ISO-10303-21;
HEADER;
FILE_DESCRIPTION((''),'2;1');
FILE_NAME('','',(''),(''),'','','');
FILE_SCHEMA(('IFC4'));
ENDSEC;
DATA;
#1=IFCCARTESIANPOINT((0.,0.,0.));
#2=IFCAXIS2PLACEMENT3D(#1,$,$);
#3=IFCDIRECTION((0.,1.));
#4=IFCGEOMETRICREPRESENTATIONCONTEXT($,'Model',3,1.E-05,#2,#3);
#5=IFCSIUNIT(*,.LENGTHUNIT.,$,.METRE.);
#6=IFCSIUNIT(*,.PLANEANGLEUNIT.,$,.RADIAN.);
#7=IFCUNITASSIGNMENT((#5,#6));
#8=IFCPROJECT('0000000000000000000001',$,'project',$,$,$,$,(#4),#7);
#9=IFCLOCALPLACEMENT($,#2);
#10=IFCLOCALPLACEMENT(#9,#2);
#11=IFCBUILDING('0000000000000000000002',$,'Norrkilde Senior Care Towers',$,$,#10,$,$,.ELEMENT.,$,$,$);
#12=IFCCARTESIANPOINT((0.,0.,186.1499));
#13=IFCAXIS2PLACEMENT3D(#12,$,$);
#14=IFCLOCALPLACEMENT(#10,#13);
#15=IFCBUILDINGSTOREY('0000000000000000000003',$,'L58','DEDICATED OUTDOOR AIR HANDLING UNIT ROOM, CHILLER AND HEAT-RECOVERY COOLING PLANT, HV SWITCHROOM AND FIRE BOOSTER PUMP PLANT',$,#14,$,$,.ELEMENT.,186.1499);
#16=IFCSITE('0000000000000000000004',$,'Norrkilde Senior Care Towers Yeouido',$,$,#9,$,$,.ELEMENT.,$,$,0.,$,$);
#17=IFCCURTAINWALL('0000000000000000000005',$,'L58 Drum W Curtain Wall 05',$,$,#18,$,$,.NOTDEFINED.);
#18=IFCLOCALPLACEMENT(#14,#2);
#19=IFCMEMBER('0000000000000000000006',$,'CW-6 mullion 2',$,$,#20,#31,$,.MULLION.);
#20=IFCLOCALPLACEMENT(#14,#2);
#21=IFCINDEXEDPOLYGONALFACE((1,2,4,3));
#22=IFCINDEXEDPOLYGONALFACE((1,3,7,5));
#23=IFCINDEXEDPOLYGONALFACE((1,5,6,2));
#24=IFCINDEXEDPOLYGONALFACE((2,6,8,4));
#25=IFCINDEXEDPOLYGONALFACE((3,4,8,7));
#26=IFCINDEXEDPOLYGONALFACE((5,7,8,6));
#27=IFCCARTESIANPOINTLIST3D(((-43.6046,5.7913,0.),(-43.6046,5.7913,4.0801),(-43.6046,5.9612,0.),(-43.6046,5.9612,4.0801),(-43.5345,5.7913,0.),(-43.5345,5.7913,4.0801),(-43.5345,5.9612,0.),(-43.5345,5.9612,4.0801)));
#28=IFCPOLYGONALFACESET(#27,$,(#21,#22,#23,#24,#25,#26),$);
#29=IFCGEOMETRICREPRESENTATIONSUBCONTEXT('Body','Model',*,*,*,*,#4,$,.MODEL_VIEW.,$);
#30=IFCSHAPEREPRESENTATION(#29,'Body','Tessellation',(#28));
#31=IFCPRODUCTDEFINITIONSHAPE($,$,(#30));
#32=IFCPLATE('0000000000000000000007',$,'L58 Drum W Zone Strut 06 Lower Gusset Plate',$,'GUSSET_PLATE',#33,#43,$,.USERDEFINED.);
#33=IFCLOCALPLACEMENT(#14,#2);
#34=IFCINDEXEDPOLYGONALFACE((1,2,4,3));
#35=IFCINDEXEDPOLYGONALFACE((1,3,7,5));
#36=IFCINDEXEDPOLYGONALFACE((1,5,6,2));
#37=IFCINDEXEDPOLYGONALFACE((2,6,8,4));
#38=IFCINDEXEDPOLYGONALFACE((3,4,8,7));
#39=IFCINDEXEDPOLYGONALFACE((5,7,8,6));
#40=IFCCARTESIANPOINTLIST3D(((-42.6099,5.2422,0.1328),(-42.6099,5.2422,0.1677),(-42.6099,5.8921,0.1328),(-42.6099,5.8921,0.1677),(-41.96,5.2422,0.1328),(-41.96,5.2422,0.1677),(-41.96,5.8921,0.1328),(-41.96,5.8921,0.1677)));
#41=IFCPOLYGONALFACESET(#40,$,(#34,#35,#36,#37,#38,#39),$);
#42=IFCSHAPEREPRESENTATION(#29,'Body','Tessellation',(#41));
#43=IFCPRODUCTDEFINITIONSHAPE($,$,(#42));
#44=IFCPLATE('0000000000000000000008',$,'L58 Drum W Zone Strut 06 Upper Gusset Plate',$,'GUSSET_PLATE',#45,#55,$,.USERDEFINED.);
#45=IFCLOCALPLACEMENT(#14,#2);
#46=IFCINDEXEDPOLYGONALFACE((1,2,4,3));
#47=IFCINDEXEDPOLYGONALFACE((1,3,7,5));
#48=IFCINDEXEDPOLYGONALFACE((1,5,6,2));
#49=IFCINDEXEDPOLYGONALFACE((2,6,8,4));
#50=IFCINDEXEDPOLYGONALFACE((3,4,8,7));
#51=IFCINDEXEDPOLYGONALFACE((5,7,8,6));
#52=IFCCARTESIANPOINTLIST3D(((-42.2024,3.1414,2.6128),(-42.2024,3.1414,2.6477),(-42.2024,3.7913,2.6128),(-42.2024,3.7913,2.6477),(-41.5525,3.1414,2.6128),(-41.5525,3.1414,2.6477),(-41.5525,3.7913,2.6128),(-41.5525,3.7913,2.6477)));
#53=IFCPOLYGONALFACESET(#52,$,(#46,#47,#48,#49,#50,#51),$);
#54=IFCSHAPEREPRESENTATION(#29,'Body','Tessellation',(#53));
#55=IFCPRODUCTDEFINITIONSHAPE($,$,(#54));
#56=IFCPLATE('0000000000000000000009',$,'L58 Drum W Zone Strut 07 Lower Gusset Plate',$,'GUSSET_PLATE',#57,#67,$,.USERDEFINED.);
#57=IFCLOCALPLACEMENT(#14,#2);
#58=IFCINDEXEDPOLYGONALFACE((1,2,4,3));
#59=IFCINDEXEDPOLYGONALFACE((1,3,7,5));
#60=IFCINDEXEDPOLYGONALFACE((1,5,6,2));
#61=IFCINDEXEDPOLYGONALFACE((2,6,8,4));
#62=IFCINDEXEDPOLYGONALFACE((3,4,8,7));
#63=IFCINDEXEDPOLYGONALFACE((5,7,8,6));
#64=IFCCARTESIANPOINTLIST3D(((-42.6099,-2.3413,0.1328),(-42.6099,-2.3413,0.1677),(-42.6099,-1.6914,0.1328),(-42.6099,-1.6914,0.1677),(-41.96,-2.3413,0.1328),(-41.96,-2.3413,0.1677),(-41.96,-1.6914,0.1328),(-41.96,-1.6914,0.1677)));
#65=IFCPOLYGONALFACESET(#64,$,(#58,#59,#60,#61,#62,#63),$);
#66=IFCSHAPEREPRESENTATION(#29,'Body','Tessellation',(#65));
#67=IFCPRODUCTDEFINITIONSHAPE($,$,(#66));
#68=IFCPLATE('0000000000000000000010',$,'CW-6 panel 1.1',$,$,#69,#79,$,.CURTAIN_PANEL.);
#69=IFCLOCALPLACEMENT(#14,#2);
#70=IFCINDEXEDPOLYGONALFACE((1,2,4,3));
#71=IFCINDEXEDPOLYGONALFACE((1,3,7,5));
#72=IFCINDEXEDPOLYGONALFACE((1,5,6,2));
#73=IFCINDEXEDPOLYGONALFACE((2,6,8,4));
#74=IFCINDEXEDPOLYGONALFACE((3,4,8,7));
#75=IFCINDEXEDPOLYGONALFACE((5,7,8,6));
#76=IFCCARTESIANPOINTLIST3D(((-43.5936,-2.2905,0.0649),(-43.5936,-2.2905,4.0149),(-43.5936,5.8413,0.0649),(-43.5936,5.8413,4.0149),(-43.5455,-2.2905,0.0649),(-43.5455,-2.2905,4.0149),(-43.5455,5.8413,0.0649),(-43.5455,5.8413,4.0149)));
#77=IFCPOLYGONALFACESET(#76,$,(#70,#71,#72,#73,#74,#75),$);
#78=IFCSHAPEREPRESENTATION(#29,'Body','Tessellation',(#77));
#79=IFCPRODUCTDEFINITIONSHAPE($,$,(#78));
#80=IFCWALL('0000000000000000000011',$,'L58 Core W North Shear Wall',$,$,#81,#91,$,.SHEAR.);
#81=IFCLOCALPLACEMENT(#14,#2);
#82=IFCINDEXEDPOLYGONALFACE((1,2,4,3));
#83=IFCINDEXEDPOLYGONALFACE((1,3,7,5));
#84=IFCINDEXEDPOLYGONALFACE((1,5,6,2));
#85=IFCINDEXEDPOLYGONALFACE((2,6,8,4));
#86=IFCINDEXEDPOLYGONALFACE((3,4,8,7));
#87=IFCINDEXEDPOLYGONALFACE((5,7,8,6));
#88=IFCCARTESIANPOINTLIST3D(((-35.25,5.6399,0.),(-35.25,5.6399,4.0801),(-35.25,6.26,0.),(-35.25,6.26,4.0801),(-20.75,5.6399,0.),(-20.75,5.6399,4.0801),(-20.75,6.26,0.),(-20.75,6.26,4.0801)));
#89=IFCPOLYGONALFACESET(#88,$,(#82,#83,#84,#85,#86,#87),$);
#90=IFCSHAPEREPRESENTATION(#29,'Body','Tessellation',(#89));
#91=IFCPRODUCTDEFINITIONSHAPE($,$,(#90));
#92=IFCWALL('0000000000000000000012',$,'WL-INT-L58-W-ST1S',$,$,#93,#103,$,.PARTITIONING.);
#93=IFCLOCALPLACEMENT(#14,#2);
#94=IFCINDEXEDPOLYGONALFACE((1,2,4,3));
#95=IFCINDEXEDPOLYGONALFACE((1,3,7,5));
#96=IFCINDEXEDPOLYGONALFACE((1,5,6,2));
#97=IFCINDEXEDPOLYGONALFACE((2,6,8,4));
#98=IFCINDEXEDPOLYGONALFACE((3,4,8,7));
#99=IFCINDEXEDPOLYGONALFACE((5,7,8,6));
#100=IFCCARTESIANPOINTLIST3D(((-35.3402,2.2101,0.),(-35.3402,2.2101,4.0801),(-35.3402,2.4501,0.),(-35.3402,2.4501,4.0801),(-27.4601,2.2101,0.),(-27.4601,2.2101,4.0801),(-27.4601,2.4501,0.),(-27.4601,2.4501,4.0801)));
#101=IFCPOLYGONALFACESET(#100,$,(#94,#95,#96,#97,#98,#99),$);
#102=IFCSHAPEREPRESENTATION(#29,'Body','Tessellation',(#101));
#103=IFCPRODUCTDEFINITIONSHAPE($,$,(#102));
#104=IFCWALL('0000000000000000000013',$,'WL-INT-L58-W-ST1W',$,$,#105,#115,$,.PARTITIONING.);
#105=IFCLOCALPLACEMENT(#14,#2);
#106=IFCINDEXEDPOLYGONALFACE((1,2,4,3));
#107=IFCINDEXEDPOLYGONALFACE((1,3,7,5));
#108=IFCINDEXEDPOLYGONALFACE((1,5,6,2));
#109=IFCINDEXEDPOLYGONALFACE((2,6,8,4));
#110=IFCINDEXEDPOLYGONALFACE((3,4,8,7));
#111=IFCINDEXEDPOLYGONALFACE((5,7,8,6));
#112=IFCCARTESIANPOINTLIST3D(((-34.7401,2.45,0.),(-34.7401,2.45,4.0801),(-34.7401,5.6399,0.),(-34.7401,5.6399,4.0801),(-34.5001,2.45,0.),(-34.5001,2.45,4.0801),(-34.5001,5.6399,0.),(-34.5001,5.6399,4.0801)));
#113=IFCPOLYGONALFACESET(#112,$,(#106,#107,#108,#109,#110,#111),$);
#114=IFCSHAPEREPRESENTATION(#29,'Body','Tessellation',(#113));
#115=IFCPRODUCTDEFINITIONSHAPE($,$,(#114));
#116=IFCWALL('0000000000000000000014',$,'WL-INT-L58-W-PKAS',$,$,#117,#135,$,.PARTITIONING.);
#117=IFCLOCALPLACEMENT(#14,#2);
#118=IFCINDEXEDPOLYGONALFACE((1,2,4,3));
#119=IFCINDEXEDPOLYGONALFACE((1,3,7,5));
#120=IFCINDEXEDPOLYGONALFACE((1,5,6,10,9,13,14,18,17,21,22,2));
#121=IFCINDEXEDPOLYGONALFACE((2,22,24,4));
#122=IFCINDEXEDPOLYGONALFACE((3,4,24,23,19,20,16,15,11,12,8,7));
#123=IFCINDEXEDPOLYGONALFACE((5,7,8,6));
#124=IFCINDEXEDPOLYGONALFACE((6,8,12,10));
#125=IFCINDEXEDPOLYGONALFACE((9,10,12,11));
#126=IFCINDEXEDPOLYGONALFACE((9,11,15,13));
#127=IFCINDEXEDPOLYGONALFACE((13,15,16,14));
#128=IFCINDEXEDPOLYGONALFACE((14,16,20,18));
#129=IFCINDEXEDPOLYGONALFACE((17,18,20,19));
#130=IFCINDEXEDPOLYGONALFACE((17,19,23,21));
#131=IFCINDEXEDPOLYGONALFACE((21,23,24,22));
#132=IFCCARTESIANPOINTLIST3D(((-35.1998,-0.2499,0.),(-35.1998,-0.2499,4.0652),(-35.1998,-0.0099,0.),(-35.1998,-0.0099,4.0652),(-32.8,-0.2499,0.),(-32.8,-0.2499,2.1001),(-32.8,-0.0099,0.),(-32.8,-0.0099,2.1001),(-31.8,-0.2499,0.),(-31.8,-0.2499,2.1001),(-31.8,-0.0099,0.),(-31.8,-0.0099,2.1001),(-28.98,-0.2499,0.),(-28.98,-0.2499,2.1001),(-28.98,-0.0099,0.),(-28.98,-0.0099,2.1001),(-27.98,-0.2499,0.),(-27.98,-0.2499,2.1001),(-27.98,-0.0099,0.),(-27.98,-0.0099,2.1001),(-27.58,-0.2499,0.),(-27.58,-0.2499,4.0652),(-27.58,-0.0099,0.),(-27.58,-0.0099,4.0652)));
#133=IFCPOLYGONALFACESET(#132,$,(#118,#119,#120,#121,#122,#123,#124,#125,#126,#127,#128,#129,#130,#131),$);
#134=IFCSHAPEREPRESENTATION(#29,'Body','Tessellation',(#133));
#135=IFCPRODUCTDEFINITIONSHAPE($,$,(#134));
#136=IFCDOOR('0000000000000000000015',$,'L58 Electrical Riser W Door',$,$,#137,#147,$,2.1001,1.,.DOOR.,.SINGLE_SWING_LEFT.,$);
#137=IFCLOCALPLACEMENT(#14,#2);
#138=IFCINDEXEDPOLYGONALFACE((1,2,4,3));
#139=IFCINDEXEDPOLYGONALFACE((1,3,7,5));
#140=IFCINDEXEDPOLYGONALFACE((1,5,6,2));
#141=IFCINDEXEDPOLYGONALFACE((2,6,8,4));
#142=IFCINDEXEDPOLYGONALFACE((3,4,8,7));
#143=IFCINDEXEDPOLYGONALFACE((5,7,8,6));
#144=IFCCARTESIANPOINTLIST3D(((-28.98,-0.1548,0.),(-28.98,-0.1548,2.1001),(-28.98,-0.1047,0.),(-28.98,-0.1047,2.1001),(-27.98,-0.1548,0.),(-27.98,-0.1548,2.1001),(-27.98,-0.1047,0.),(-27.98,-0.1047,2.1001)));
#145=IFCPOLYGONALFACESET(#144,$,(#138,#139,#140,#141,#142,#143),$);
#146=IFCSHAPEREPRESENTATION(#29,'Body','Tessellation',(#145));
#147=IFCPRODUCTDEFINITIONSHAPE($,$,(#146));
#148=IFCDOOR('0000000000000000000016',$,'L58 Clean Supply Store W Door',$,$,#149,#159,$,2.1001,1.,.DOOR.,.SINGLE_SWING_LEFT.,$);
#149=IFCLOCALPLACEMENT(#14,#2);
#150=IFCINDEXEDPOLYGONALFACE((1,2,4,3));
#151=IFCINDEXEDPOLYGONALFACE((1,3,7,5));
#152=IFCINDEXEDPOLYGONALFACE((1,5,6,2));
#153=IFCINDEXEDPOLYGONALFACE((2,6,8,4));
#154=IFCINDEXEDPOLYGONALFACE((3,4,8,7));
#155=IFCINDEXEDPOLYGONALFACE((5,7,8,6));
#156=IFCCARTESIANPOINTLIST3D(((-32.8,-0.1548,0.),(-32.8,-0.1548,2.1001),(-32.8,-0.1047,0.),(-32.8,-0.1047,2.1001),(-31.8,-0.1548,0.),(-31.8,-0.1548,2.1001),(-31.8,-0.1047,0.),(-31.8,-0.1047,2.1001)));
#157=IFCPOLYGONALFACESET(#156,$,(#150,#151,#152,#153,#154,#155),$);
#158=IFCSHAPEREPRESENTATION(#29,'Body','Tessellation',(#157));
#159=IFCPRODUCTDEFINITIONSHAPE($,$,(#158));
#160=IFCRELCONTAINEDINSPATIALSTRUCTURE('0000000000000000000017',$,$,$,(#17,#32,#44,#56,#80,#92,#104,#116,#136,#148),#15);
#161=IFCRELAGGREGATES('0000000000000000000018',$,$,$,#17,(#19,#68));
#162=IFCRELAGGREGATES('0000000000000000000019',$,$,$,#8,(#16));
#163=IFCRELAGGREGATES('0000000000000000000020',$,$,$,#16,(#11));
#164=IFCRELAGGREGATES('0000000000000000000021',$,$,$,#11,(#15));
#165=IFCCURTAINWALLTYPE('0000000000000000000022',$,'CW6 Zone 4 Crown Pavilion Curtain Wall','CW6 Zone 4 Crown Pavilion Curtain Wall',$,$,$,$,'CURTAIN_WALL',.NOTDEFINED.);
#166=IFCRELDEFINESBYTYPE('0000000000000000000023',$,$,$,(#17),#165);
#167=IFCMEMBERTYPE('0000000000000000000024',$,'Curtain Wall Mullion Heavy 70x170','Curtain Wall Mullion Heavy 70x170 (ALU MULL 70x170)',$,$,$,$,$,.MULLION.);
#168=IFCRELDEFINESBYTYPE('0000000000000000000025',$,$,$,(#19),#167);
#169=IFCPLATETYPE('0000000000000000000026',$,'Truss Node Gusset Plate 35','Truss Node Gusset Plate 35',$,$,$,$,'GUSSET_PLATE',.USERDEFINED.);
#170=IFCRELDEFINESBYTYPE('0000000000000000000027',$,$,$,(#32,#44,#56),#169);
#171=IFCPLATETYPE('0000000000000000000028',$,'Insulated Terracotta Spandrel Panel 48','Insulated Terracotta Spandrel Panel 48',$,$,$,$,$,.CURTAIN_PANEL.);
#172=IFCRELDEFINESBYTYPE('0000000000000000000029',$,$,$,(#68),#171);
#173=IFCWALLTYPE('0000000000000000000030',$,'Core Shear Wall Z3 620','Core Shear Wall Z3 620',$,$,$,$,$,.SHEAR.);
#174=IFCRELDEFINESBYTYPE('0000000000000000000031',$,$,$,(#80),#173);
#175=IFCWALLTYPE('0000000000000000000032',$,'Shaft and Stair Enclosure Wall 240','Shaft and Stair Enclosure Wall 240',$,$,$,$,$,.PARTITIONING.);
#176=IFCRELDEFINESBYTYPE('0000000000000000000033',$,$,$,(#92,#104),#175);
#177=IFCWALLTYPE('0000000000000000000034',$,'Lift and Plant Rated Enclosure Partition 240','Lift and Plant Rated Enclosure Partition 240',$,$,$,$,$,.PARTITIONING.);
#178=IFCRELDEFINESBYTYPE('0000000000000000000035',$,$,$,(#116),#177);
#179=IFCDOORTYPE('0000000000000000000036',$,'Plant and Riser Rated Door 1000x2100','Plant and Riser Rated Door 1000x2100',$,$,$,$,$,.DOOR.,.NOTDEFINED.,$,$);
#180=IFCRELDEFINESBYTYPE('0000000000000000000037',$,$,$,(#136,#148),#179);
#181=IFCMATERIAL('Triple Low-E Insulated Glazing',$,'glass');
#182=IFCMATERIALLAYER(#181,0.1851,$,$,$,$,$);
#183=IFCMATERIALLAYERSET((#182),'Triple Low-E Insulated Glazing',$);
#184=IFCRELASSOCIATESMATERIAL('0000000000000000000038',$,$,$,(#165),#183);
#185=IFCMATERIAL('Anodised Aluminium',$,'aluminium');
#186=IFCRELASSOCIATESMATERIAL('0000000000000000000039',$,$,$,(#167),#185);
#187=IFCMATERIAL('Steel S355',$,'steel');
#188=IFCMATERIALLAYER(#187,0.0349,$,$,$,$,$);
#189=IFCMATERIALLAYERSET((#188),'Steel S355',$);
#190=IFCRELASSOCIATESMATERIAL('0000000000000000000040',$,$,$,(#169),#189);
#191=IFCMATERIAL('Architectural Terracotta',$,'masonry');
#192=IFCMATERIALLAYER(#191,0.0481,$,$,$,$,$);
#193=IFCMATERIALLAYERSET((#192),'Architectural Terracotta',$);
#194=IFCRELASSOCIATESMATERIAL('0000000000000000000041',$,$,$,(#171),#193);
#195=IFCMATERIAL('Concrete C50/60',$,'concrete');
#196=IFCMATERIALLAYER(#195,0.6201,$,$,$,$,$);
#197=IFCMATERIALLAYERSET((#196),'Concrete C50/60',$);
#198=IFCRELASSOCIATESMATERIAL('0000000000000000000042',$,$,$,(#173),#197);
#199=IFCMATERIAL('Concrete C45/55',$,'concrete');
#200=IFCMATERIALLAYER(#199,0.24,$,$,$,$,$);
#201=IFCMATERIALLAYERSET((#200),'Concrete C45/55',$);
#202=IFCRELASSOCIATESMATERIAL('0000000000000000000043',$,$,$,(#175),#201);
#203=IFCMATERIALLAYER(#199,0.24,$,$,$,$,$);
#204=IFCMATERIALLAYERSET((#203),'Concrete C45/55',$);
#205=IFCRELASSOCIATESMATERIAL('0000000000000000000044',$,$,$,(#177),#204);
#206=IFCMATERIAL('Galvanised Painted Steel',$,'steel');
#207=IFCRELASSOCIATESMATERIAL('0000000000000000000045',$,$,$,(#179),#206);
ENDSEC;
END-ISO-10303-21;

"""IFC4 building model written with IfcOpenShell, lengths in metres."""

from ifc_helpers import new_model, si_unit, direction, frame, frame_2d, origin, origin_2d, place, context, subcontext, project, spatial, rectangle, extrude, source, transform, mapped, material, layer, layer_set, material_profile, profile_set, type_object, type_shapes, element, fill, aggregate, save


model = new_model("IFC4")

# Units and contexts
model_context = context("Model", 3, precision=1e-05, world=origin(), true_north=direction((0.0, 1.0)))
body_context = subcontext(model_context, "Body", "Model", "MODEL_VIEW")
ifc_project = project(units=[si_unit("LENGTHUNIT", "METRE"), si_unit("PLANEANGLEUNIT", "RADIAN")], contexts=[model_context])

# Site, building, storey
site_placement = place(None, origin())
site = spatial("IfcSite", under=ifc_project, at=site_placement, Name="Norrkilde Senior Care Towers Yeouido", CompositionType="ELEMENT", RefElevation=0.0)
building_placement = place(site_placement, origin())
building = spatial("IfcBuilding", under=site, at=building_placement, Name="Norrkilde Senior Care Towers", CompositionType="ELEMENT")
storey_placement = place(building_placement, frame((0.0, 0.0, 186.1499)))
storey = spatial("IfcBuildingStorey", under=building, at=storey_placement, Name="L58", Description="DEDICATED OUTDOOR AIR HANDLING UNIT ROOM, CHILLER AND HEAT-RECOVERY COOLING PLANT, HV SWITCHROOM AND FIRE BOOSTER PUMP PLANT", CompositionType="ELEMENT", Elevation=186.1499)

# Shared definitions
ifc_material_1 = material(Name="Concrete C50/60", Category="concrete")

# Shared definitions
ifc_material_2 = material(Name="Steel S355", Category="steel")

# Curtain wall, member
ifc_material_3 = material(Name="Triple Low-E Insulated Glazing", Category="glass")
ifc_layer_1 = layer(ifc_material_3, 0.1851)
ifc_layer_set_1 = layer_set([ifc_layer_1], Name="Triple Low-E Insulated Glazing")
curtain_wall_type = type_object("IfcCurtainWallType", Name="CW6 Zone 4 Crown Pavilion Curtain Wall", Description="CW6 Zone 4 Crown Pavilion Curtain Wall", ElementType="CURTAIN_WALL", PredefinedType="NOTDEFINED", material=ifc_layer_set_1)
ifc_material_4 = material(Name="Anodised Aluminium", Category="aluminium")
ifc_material_profile_1 = material_profile(ifc_material_4, rectangle(XDim=0.0701, YDim=0.1699, at=origin_2d()), Name="ALU MULL 70x170")
ifc_profile_set_1 = profile_set([ifc_material_profile_1], Name="Anodised Aluminium")
member_type_1 = type_object("IfcMemberType", Name="Curtain Wall Mullion Heavy 70x170", Description="Curtain Wall Mullion Heavy 70x170 (ALU MULL 70x170)", PredefinedType="MULLION", material=ifc_profile_set_1)
shared_shape_1 = source(origin(), body_context, "Body", "SweptSolid", [
    extrude(rectangle(XDim=0.0701, YDim=0.1699, at=origin_2d()), origin(), (0.0, 0.0, 1.0), 4.0801),
])
type_shapes(member_type_1, [shared_shape_1])
curtain_wall_1_placement = place(storey_placement, origin())
curtain_wall_1 = element("IfcCurtainWall", 1, at=curtain_wall_1_placement, inside=storey, type_object=curtain_wall_type, Name="L58 Drum W Curtain Wall 05", PredefinedType="NOTDEFINED")
member_1_placement = place(storey_placement, frame((-43.5696, 5.8762, 0.0), z_axis=(0.0, 0.0, 1.0), x_axis=(-1.0, 0.0, 0.0)))
member_1 = element("IfcMember", 2, at=member_1_placement, type_object=member_type_1, Name="CW-6 mullion 2", PredefinedType="MULLION", context=body_context, shape_type="MappedRepresentation", body=[
    mapped(shared_shape_1, transform((0.0, 0.0, 0.0), x_axis=(1.0, 0.0, 0.0), y_axis=(0.0, 1.0, 0.0), z_axis=(0.0, 0.0, 1.0), scale=1.0)),
])

# Plates
ifc_layer_2 = layer(ifc_material_2, 0.0349)
ifc_layer_set_2 = layer_set([ifc_layer_2], Name="Steel S355")
plate_type_1 = type_object("IfcPlateType", Name="Truss Node Gusset Plate 35", Description="Truss Node Gusset Plate 35", ElementType="GUSSET_PLATE", PredefinedType="USERDEFINED", material=ifc_layer_set_2)
shared_shape_2 = source(origin(), body_context, "Body", "SweptSolid", [
    extrude(rectangle(XDim=0.6499, YDim=0.6499, at=origin_2d()), origin(), (0.0, 0.0, 1.0), 0.0349),
])
type_shapes(plate_type_1, [shared_shape_2])
for number, where, z_axis, x_axis, name in (
    (3, (-42.2849, 5.5671, 0.1328), (0.0, 0.0, 1.0), (1.0, 0.0, 0.0), "L58 Drum W Zone Strut 06 Lower Gusset Plate"),
    (4, (-41.8774, 3.4663, 2.6128), (0.0, 0.0, 1.0), (1.0, 0.0, 0.0), "L58 Drum W Zone Strut 06 Upper Gusset Plate"),
    (5, (-42.2849, -2.0164, 0.1328), (0.0, 0.0, 1.0), (1.0, 0.0, 0.0), "L58 Drum W Zone Strut 07 Lower Gusset Plate"),
):
    element("IfcPlate", number, at=place(storey_placement, frame(where, z_axis=z_axis, x_axis=x_axis)), inside=storey, type_object=plate_type_1, Name=name, ObjectType="GUSSET_PLATE", PredefinedType="USERDEFINED", context=body_context, shape_type="MappedRepresentation", body=[
        mapped(shared_shape_2, transform((0.0, 0.0, 0.0), x_axis=(1.0, 0.0, 0.0), y_axis=(0.0, 1.0, 0.0), z_axis=(0.0, 0.0, 1.0), scale=1.0)),
    ])

# Plate
ifc_material_5 = material(Name="Architectural Terracotta", Category="masonry")
ifc_layer_3 = layer(ifc_material_5, 0.0481)
ifc_layer_set_3 = layer_set([ifc_layer_3], Name="Architectural Terracotta")
plate_type_2 = type_object("IfcPlateType", Name="Insulated Terracotta Spandrel Panel 48", Description="Insulated Terracotta Spandrel Panel 48", PredefinedType="CURTAIN_PANEL", material=ifc_layer_set_3)
shared_shape_3 = source(origin(), body_context, "Body", "SweptSolid", [
    extrude(rectangle(XDim=8.1318, YDim=0.0481, at=origin_2d()), origin(), (0.0, 0.0, 1.0), 3.95),
])
type_shapes(plate_type_2, [shared_shape_3])
plate_placement = place(storey_placement, frame((-43.5696, 1.7754, 0.0649), z_axis=(0.0, 0.0, 1.0), x_axis=(0.0, 1.0, 0.0)))
plate = element("IfcPlate", 6, at=plate_placement, type_object=plate_type_2, Name="CW-6 panel 1.1", PredefinedType="CURTAIN_PANEL", context=body_context, shape_type="MappedRepresentation", body=[
    mapped(shared_shape_3, transform((0.0, 0.0, 0.0), x_axis=(1.0, 0.0, 0.0), y_axis=(0.0, 1.0, 0.0), z_axis=(0.0, 0.0, 1.0), scale=1.0)),
])
aggregate(curtain_wall_1, [member_1, plate])

# Walls
ifc_layer_4 = layer(ifc_material_1, 0.6201)
ifc_layer_set_4 = layer_set([ifc_layer_4], Name="Concrete C50/60")
wall_type_1 = type_object("IfcWallType", Name="Core Shear Wall Z3 620", Description="Core Shear Wall Z3 620", PredefinedType="SHEAR", material=ifc_layer_set_4)
shared_shape_4 = source(origin(), body_context, "Body", "SweptSolid", [
    extrude(rectangle(XDim=14.5, YDim=0.6201, at=frame_2d((7.25, 0.0))), origin(), (0.0, 0.0, 1.0), 4.0801),
])
type_shapes(wall_type_1, [shared_shape_4])
wall_1_placement = place(storey_placement, frame((-35.25, 5.95, 0.0), z_axis=(0.0, 0.0, 1.0), x_axis=(1.0, 0.0, 0.0)))
element("IfcWall", 7, at=wall_1_placement, inside=storey, type_object=wall_type_1, Name="L58 Core W North Shear Wall", PredefinedType="SHEAR", context=body_context, shape_type="MappedRepresentation", body=[
    mapped(shared_shape_4, transform((0.0, 0.0, 0.0), x_axis=(1.0, 0.0, 0.0), y_axis=(0.0, 1.0, 0.0), z_axis=(0.0, 0.0, 1.0), scale=1.0)),
])
ifc_material_6 = material(Name="Concrete C45/55", Category="concrete")
ifc_layer_5 = layer(ifc_material_6, 0.24)
ifc_layer_set_5 = layer_set([ifc_layer_5], Name="Concrete C45/55")
wall_type_2 = type_object("IfcWallType", Name="Shaft and Stair Enclosure Wall 240", Description="Shaft and Stair Enclosure Wall 240", PredefinedType="PARTITIONING", material=ifc_layer_set_5)
shared_shape_5 = source(origin(), body_context, "Body", "SweptSolid", [
    extrude(rectangle(XDim=7.8801, YDim=0.24, at=frame_2d((3.9399, 0.0))), origin(), (0.0, 0.0, 1.0), 4.0801),
])
wall_2_placement = place(storey_placement, frame((-35.3401, 2.3301, 0.0), z_axis=(0.0, 0.0, 1.0), x_axis=(1.0, 0.0, 0.0)))
element("IfcWall", 8, at=wall_2_placement, inside=storey, type_object=wall_type_2, Name="WL-INT-L58-W-ST1S", PredefinedType="PARTITIONING", context=body_context, shape_type="MappedRepresentation", body=[
    mapped(shared_shape_5, transform((0.0, 0.0, 0.0), x_axis=(1.0, 0.0, 0.0), y_axis=(0.0, 1.0, 0.0), z_axis=(0.0, 0.0, 1.0), scale=1.0)),
])
shared_shape_6 = source(origin(), body_context, "Body", "SweptSolid", [
    extrude(rectangle(XDim=3.1899, YDim=0.24, at=frame_2d((1.595, 0.0))), origin(), (0.0, 0.0, 1.0), 4.0801),
])
type_shapes(wall_type_2, [shared_shape_5, shared_shape_6])
wall_3_placement = place(storey_placement, frame((-34.6201, 2.45, 0.0), z_axis=(0.0, 0.0, 1.0), x_axis=(0.0, 1.0, 0.0)))
element("IfcWall", 9, at=wall_3_placement, inside=storey, type_object=wall_type_2, Name="WL-INT-L58-W-ST1W", PredefinedType="PARTITIONING", context=body_context, shape_type="MappedRepresentation", body=[
    mapped(shared_shape_6, transform((0.0, 0.0, 0.0), x_axis=(1.0, 0.0, 0.0), y_axis=(0.0, 1.0, 0.0), z_axis=(0.0, 0.0, 1.0), scale=1.0)),
])

# Wall, openings, doors
ifc_layer_6 = layer(ifc_material_6, 0.24)
ifc_layer_set_6 = layer_set([ifc_layer_6], Name="Concrete C45/55")
wall_type_3 = type_object("IfcWallType", Name="Lift and Plant Rated Enclosure Partition 240", Description="Lift and Plant Rated Enclosure Partition 240", PredefinedType="PARTITIONING", material=ifc_layer_set_6)
shared_shape_7 = source(origin(), body_context, "Body", "SweptSolid", [
    extrude(rectangle(XDim=7.6199, YDim=0.24, at=frame_2d((3.8101, 0.0))), origin(), (0.0, 0.0, 1.0), 4.0652),
])
type_shapes(wall_type_3, [shared_shape_7])
wall_4_placement = place(storey_placement, frame((-35.2, -0.1299, 0.0), z_axis=(0.0, 0.0, 1.0), x_axis=(1.0, 0.0, 0.0)))
wall_4 = element("IfcWall", 10, at=wall_4_placement, inside=storey, type_object=wall_type_3, Name="WL-INT-L58-W-PKAS", PredefinedType="PARTITIONING", context=body_context, shape_type="MappedRepresentation", body=[
    mapped(shared_shape_7, transform((0.0, 0.0, 0.0), x_axis=(1.0, 0.0, 0.0), y_axis=(0.0, 1.0, 0.0), z_axis=(0.0, 0.0, 1.0), scale=1.0)),
])
opening_1_placement = place(wall_4_placement, frame((6.22, 0.0, 0.0)))
opening_1 = element("IfcOpeningElement", 11, at=opening_1_placement, cuts=wall_4, PredefinedType="OPENING", context=body_context, shape_type="SweptSolid", body=[
    extrude(rectangle(XDim=1.0, YDim=2.1001, at=frame_2d((0.5, 1.05))), frame((0.0, 0.1299, 0.0), z_axis=(0.0, -1.0, 0.0), x_axis=(1.0, 0.0, 0.0)), (0.0, 0.0, 1.0), 0.26),
])
opening_2_placement = place(wall_4_placement, frame((2.3999, 0.0, 0.0)))
opening_2 = element("IfcOpeningElement", 12, at=opening_2_placement, cuts=wall_4, PredefinedType="OPENING", context=body_context, shape_type="SweptSolid", body=[
    extrude(rectangle(XDim=1.0, YDim=2.1001, at=frame_2d((0.5, 1.05))), frame((0.0, 0.1299, 0.0), z_axis=(0.0, -1.0, 0.0), x_axis=(1.0, 0.0, 0.0)), (0.0, 0.0, 1.0), 0.26),
])
ifc_material_7 = material(Name="Galvanised Painted Steel", Category="steel")
door_type = type_object("IfcDoorType", Name="Plant and Riser Rated Door 1000x2100", Description="Plant and Riser Rated Door 1000x2100", OperationType="NOTDEFINED", PredefinedType="DOOR", material=ifc_material_7)
shared_shape_8 = source(origin(), body_context, "Body", "SweptSolid", [
    extrude(rectangle(XDim=1.0, YDim=2.1001, at=frame_2d((0.5, 1.05))), frame((0.0, 0.0249, 0.0), z_axis=(0.0, -1.0, 0.0), x_axis=(1.0, 0.0, 0.0)), (0.0, 0.0, 1.0), 0.05),
])
type_shapes(door_type, [shared_shape_8])
door_1_placement = place(opening_1_placement, frame((1.0, 0.0, 0.0), z_axis=(0.0, 0.0, 1.0), x_axis=(-1.0, 0.0, 0.0)))
door_1 = element("IfcDoor", 13, at=door_1_placement, inside=storey, type_object=door_type, Name="L58 Electrical Riser W Door", OperationType="SINGLE_SWING_LEFT", OverallHeight=2.1001, OverallWidth=1.0, PredefinedType="DOOR", context=body_context, shape_type="MappedRepresentation", body=[
    mapped(shared_shape_8, transform((0.0, 0.0, 0.0), x_axis=(1.0, 0.0, 0.0), y_axis=(0.0, 1.0, 0.0), z_axis=(0.0, 0.0, 1.0), scale=1.0)),
])
fill(opening_1, door_1)
door_2_placement = place(opening_2_placement, frame((1.0, 0.0, 0.0), z_axis=(0.0, 0.0, 1.0), x_axis=(-1.0, 0.0, 0.0)))
door_2 = element("IfcDoor", 14, at=door_2_placement, inside=storey, type_object=door_type, Name="L58 Clean Supply Store W Door", OperationType="SINGLE_SWING_LEFT", OverallHeight=2.1001, OverallWidth=1.0, PredefinedType="DOOR", context=body_context, shape_type="MappedRepresentation", body=[
    mapped(shared_shape_8, transform((0.0, 0.0, 0.0), x_axis=(1.0, 0.0, 0.0), y_axis=(0.0, 1.0, 0.0), z_axis=(0.0, 0.0, 1.0), scale=1.0)),
])
fill(opening_2, door_2)

save(model, "model.ifc")
